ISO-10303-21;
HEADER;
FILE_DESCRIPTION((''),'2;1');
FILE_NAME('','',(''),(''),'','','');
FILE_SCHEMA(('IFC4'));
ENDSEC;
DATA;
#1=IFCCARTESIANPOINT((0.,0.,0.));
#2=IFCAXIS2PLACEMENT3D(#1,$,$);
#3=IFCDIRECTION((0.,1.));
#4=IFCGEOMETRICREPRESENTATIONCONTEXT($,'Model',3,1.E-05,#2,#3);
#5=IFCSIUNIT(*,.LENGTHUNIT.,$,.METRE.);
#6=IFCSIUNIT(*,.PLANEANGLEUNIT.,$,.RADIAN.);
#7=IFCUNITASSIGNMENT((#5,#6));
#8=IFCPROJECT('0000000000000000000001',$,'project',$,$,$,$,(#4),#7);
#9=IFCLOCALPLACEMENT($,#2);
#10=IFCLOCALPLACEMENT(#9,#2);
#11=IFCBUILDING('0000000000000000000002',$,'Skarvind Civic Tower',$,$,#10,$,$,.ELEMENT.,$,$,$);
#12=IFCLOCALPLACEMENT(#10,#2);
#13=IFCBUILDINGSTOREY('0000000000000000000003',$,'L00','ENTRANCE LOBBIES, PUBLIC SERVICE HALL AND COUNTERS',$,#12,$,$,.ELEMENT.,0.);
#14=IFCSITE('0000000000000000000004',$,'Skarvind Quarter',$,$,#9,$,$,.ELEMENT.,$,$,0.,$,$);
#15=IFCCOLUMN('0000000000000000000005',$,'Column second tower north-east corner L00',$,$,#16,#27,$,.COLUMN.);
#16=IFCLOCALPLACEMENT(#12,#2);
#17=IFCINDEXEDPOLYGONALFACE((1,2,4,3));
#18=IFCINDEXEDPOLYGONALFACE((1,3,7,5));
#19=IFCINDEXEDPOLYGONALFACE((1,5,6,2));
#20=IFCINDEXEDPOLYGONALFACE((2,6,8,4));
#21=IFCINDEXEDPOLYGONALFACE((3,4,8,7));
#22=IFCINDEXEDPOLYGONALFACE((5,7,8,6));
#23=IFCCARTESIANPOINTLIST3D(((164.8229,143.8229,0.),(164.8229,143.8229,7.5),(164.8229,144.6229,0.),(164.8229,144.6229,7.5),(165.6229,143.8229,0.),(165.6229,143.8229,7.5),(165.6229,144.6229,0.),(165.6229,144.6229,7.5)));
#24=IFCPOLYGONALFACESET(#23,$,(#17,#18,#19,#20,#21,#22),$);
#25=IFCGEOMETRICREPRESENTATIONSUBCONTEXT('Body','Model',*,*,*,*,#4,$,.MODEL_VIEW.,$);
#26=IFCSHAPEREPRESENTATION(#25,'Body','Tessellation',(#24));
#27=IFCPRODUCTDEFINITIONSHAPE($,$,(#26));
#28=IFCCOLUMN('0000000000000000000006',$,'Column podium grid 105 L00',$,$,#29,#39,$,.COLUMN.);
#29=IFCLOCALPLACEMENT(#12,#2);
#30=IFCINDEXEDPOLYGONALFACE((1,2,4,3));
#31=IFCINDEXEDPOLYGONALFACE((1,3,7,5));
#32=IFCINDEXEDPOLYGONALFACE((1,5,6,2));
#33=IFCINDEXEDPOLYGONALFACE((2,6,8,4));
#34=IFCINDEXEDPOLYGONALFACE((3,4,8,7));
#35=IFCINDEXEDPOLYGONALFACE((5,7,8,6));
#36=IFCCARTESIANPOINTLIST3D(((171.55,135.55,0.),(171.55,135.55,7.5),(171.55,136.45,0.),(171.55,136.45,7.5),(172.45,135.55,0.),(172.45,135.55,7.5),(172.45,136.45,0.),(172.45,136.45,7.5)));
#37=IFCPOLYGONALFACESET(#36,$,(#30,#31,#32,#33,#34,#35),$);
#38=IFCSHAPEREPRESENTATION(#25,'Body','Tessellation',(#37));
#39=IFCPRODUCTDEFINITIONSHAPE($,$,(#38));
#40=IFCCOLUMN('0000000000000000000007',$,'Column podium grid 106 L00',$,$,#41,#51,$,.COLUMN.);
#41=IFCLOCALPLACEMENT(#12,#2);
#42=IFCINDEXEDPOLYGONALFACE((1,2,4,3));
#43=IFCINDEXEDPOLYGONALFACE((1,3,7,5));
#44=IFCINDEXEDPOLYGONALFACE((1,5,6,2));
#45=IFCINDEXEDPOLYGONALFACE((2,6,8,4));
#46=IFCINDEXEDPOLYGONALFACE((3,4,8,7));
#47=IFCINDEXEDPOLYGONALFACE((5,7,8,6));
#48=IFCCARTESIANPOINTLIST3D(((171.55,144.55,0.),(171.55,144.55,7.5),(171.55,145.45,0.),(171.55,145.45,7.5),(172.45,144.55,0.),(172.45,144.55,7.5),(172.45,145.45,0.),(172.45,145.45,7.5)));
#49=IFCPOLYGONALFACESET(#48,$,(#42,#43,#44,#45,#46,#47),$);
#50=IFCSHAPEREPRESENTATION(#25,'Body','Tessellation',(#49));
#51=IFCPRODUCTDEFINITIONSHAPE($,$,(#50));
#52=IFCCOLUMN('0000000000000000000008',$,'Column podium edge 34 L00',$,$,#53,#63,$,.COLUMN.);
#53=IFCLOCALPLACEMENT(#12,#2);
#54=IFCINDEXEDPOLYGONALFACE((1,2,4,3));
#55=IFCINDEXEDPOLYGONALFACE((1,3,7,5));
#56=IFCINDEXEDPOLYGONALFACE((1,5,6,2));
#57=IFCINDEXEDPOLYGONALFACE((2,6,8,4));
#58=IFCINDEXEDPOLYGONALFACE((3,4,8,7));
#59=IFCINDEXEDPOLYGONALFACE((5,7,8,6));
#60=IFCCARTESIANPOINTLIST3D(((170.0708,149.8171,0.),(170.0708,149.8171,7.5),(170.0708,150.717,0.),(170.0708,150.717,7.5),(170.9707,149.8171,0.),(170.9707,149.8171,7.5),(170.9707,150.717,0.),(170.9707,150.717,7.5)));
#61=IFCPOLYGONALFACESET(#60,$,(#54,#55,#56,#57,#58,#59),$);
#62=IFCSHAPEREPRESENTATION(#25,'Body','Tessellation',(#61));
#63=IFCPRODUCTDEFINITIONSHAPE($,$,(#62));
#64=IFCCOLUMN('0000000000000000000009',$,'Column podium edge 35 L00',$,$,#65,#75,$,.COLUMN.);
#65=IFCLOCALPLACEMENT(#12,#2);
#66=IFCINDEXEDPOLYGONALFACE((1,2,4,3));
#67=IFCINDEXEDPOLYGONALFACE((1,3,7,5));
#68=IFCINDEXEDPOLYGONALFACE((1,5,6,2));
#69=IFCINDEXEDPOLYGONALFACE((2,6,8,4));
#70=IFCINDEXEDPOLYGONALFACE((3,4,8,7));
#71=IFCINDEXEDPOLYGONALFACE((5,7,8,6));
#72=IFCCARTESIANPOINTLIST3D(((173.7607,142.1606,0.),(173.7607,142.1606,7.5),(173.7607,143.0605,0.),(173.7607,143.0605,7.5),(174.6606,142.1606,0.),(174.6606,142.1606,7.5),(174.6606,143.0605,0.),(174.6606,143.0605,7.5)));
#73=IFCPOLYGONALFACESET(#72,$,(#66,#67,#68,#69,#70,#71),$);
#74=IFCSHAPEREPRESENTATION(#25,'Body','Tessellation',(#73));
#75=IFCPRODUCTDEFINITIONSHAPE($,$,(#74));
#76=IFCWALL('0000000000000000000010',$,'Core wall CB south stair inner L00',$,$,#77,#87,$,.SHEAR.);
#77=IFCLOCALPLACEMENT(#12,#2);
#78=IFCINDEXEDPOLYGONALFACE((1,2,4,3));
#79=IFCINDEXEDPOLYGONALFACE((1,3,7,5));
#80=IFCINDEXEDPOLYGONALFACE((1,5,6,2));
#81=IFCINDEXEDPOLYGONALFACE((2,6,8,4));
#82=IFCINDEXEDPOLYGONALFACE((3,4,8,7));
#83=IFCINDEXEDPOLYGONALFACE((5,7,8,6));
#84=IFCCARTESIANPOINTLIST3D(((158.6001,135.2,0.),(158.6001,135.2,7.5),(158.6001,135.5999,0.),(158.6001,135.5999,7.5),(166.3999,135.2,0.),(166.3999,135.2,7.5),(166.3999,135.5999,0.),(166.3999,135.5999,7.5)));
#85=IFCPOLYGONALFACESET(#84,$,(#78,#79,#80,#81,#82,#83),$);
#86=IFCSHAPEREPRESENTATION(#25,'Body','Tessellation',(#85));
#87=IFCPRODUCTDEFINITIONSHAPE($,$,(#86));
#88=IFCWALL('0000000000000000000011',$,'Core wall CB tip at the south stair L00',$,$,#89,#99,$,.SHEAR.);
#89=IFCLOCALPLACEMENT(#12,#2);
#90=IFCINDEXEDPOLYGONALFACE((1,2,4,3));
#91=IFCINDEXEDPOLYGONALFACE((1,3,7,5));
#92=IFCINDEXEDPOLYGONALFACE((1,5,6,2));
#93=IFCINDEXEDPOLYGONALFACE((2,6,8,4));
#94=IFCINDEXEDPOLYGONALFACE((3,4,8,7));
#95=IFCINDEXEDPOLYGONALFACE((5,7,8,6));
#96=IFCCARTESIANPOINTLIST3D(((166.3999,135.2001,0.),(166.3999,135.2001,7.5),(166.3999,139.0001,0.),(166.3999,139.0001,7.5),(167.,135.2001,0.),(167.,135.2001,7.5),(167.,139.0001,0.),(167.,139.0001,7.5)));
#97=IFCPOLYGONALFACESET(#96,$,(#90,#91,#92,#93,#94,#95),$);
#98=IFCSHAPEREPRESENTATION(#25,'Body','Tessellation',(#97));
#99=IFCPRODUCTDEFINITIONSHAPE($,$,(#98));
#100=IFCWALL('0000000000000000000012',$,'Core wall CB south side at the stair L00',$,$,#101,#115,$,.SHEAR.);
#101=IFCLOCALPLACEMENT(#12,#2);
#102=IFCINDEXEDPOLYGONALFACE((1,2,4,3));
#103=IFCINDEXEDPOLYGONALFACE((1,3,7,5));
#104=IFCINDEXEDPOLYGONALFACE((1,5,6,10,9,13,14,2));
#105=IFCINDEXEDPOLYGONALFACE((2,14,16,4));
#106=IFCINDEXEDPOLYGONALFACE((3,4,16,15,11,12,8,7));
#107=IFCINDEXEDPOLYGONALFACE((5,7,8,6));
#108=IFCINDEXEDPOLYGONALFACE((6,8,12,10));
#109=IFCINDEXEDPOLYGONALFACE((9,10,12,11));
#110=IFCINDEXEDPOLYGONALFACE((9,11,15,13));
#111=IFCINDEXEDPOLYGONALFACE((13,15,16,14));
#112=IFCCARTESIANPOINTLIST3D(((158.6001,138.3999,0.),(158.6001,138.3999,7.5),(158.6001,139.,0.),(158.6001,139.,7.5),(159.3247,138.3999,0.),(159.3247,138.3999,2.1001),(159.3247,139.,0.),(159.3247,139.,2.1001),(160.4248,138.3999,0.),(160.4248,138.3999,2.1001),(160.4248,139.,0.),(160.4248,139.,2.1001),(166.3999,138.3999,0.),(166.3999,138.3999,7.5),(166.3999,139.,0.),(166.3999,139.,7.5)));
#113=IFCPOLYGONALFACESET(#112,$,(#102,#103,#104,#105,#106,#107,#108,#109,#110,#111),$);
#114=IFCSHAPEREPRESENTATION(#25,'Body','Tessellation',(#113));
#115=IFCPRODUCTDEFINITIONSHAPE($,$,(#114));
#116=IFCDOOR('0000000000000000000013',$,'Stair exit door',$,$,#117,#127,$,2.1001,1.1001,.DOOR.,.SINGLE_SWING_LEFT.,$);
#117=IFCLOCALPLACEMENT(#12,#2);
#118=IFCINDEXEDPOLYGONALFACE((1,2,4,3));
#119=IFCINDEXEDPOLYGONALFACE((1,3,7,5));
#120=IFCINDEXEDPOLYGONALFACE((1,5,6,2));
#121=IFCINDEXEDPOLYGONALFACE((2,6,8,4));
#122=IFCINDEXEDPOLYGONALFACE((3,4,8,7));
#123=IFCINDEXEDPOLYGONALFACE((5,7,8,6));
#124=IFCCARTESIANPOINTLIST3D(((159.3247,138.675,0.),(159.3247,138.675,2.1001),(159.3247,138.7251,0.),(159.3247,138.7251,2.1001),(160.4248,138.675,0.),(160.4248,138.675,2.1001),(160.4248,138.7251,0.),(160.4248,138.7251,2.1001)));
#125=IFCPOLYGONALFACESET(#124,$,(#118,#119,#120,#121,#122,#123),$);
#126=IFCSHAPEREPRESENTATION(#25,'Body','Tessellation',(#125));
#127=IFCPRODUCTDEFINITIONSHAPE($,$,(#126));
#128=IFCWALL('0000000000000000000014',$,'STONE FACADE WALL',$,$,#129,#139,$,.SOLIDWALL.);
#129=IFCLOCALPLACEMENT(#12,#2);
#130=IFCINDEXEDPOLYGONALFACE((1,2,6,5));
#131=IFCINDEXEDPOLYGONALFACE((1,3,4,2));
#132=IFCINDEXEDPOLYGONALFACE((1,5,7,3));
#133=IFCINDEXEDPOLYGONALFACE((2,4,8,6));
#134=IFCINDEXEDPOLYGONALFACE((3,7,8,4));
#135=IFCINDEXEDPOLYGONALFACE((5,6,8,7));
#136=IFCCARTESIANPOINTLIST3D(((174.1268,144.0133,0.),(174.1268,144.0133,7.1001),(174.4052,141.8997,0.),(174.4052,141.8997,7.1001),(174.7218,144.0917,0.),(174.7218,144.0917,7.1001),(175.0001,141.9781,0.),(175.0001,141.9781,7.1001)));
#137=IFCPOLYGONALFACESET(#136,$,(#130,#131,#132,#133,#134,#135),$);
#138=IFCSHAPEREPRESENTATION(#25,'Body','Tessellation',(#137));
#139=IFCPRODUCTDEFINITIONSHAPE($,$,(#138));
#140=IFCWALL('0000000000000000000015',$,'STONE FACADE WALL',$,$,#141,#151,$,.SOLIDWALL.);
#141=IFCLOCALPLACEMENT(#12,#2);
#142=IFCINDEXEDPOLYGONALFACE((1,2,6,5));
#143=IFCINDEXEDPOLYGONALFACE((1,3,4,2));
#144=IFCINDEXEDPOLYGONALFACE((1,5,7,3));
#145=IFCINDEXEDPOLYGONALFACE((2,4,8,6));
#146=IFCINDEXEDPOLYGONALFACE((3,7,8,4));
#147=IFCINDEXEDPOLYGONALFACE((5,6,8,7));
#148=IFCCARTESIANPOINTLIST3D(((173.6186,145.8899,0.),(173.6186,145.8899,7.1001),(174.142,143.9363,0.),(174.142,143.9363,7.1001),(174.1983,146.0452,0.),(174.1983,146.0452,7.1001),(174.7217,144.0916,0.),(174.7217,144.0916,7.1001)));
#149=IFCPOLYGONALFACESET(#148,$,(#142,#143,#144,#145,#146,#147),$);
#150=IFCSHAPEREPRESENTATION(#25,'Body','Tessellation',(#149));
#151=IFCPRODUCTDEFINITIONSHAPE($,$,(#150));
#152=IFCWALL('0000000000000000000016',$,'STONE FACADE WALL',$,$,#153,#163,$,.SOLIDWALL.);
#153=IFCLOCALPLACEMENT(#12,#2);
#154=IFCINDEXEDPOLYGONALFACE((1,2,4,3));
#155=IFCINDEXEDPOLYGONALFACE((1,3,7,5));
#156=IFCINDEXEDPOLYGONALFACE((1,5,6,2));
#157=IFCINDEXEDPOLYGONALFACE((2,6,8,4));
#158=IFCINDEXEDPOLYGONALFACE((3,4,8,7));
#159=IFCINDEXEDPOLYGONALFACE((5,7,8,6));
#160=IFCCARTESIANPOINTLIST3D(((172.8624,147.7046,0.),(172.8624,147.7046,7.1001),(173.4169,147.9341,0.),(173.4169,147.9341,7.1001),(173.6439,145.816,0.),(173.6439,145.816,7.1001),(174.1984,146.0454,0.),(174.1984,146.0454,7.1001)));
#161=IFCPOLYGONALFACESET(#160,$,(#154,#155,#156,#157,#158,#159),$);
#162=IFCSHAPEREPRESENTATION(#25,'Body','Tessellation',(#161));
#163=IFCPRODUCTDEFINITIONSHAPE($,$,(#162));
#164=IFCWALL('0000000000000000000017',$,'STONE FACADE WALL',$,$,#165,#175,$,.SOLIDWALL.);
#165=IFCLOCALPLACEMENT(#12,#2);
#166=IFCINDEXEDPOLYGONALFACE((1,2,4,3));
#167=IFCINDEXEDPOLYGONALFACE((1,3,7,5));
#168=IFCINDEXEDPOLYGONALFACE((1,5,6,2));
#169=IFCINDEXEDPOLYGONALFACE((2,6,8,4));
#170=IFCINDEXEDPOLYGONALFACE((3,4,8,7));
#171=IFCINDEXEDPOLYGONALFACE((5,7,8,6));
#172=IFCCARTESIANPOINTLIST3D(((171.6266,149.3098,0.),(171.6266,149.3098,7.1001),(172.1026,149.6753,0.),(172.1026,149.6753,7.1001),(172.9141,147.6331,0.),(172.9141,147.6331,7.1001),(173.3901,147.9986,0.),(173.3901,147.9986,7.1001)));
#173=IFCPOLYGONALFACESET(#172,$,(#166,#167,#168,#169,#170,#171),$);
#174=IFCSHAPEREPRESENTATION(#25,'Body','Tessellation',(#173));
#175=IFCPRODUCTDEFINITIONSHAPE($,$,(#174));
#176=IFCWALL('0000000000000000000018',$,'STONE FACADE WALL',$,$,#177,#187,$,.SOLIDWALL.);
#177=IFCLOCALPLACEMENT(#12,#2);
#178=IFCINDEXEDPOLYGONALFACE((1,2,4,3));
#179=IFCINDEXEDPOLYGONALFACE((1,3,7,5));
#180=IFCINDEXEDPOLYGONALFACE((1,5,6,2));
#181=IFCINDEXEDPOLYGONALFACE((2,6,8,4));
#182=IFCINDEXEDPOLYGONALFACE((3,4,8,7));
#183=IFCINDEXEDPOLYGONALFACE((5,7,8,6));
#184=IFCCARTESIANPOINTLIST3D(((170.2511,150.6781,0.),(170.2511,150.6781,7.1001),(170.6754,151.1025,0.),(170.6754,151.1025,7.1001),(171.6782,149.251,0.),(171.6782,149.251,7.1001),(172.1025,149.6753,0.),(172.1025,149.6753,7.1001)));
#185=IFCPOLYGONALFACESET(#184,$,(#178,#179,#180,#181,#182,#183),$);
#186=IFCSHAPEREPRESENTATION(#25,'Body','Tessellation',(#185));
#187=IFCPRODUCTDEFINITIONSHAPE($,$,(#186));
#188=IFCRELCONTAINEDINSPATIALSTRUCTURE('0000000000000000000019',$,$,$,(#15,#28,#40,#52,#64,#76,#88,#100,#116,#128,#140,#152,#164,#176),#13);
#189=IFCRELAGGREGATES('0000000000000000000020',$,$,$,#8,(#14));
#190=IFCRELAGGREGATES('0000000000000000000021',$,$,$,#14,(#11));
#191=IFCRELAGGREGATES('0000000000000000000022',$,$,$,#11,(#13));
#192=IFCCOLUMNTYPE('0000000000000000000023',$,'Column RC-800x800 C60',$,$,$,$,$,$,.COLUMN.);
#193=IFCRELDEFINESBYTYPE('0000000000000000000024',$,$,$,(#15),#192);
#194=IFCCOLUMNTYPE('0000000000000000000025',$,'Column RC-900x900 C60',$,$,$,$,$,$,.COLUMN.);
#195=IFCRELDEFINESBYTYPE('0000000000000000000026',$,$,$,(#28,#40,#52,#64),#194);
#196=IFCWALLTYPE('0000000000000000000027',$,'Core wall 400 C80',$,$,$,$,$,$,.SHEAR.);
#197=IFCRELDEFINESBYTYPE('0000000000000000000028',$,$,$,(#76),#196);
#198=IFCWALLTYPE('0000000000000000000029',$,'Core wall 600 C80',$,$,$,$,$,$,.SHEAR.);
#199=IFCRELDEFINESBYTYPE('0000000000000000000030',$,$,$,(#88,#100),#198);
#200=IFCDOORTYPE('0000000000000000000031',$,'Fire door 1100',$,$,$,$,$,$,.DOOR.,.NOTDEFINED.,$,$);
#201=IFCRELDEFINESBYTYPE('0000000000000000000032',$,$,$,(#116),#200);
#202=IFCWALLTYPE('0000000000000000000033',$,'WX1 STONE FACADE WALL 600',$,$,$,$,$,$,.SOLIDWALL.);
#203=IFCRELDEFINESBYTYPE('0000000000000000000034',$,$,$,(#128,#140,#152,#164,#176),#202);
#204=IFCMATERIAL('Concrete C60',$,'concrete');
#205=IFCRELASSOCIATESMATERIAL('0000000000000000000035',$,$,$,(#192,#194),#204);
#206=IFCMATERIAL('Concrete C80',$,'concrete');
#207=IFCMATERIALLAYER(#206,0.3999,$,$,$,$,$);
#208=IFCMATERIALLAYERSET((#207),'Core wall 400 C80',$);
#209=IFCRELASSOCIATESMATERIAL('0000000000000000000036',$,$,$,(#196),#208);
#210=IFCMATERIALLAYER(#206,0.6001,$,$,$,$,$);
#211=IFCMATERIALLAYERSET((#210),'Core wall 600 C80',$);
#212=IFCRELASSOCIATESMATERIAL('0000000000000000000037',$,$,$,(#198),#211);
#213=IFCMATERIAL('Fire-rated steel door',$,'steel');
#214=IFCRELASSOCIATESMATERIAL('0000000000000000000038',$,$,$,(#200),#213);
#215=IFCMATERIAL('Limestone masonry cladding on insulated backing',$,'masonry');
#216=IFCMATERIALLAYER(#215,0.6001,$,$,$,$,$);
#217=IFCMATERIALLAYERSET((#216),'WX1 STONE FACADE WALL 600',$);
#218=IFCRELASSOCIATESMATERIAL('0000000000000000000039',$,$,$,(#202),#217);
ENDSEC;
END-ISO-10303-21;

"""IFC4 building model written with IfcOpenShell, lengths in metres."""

from ifc_helpers import new_model, si_unit, direction, frame, frame_2d, origin, origin_2d, place, context, subcontext, project, spatial, rectangle, extrude, material, layer, layer_set, material_profile, profile_set, type_object, element, fill, save


model = new_model("IFC4")

# Units and contexts
model_context = context("Model", 3, precision=1e-05, world=origin(), true_north=direction((0.0, 1.0)))
body_context = subcontext(model_context, "Body", "Model", "MODEL_VIEW")
ifc_project = project(units=[si_unit("LENGTHUNIT", "METRE"), si_unit("PLANEANGLEUNIT", "RADIAN")], contexts=[model_context])

# Site, building, storey
site_placement = place(None, origin())
site = spatial("IfcSite", under=ifc_project, at=site_placement, Name="Skarvind Quarter", CompositionType="ELEMENT", RefElevation=0.0)
building_placement = place(site_placement, origin())
building = spatial("IfcBuilding", under=site, at=building_placement, Name="Skarvind Civic Tower", CompositionType="ELEMENT")
storey_placement = place(building_placement, origin())
storey = spatial("IfcBuildingStorey", under=building, at=storey_placement, Name="L00", Description="ENTRANCE LOBBIES, PUBLIC SERVICE HALL AND COUNTERS", CompositionType="ELEMENT", Elevation=0.0)

# Columns
ifc_material_1 = material(Name="Concrete C60", Category="concrete")
ifc_material_profile_1 = material_profile(ifc_material_1, rectangle(XDim=0.8, YDim=0.8, at=origin_2d()), Name="RC-800x800")
ifc_profile_set_1 = profile_set([ifc_material_profile_1], Name="Concrete C60")
column_type_1 = type_object("IfcColumnType", Name="Column RC-800x800 C60", PredefinedType="COLUMN", material=ifc_profile_set_1)
column_placement = place(storey_placement, frame((165.2229, 144.2229, 0.0), z_axis=(0.0, 0.0, 1.0), x_axis=(1.0, 0.0, 0.0)))
element("IfcColumn", 1, at=column_placement, inside=storey, type_object=column_type_1, Name="Column second tower north-east corner L00", PredefinedType="COLUMN", context=body_context, shape_type="SweptSolid", body=[
    extrude(rectangle(XDim=0.8, YDim=0.8, at=origin_2d()), origin(), (0.0, 0.0, 1.0), 7.5),
])
ifc_material_profile_2 = material_profile(ifc_material_1, rectangle(XDim=0.8999, YDim=0.8999, at=origin_2d()), Name="RC-900x900")
ifc_profile_set_2 = profile_set([ifc_material_profile_2], Name="Concrete C60")
column_type_2 = type_object("IfcColumnType", Name="Column RC-900x900 C60", PredefinedType="COLUMN", material=ifc_profile_set_2)
for number, where, z_axis, x_axis, name in (
    (2, (172.0, 136.0, 0.0), (0.0, 0.0, 1.0), (1.0, 0.0, 0.0), "Column podium grid 105 L00"),
    (3, (172.0, 145.0, 0.0), (0.0, 0.0, 1.0), (1.0, 0.0, 0.0), "Column podium grid 106 L00"),
    (4, (170.5208, 150.2671, 0.0), (0.0, 0.0, 1.0), (1.0, 0.0, 0.0), "Column podium edge 34 L00"),
    (5, (174.2107, 142.6106, 0.0), (0.0, 0.0, 1.0), (1.0, 0.0, 0.0), "Column podium edge 35 L00"),
):
    element("IfcColumn", number, at=place(storey_placement, frame(where, z_axis=z_axis, x_axis=x_axis)), inside=storey, type_object=column_type_2, Name=name, PredefinedType="COLUMN", context=body_context, shape_type="SweptSolid", body=[
        extrude(rectangle(XDim=0.8999, YDim=0.8999, at=origin_2d()), origin(), (0.0, 0.0, 1.0), 7.5),
    ])

# Walls
ifc_material_2 = material(Name="Concrete C80", Category="concrete")
ifc_layer_1 = layer(ifc_material_2, 0.3999)
ifc_layer_set_1 = layer_set([ifc_layer_1], Name="Core wall 400 C80")
wall_type_1 = type_object("IfcWallType", Name="Core wall 400 C80", PredefinedType="SHEAR", material=ifc_layer_set_1)
wall_1_placement = place(storey_placement, frame((166.3999, 135.3999, 0.0), z_axis=(0.0, 0.0, 1.0), x_axis=(-1.0, 0.0, 0.0)))
element("IfcWall", 6, at=wall_1_placement, inside=storey, type_object=wall_type_1, Name="Core wall CB south stair inner L00", PredefinedType="SHEAR", context=body_context, shape_type="SweptSolid", body=[
    extrude(rectangle(XDim=7.7998, YDim=0.3999, at=frame_2d((3.8999, 0.0))), origin(), (0.0, 0.0, 1.0), 7.5),
])
ifc_layer_2 = layer(ifc_material_2, 0.6001)
ifc_layer_set_2 = layer_set([ifc_layer_2], Name="Core wall 600 C80")
wall_type_2 = type_object("IfcWallType", Name="Core wall 600 C80", PredefinedType="SHEAR", material=ifc_layer_set_2)
wall_2_placement = place(storey_placement, frame((166.7, 139.0, 0.0), z_axis=(0.0, 0.0, 1.0), x_axis=(0.0, -1.0, 0.0)))
element("IfcWall", 7, at=wall_2_placement, inside=storey, type_object=wall_type_2, Name="Core wall CB tip at the south stair L00", PredefinedType="SHEAR", context=body_context, shape_type="SweptSolid", body=[
    extrude(rectangle(XDim=3.8, YDim=0.6001, at=frame_2d((1.8999, 0.0))), origin(), (0.0, 0.0, 1.0), 7.5),
])

# Wall, opening, door
wall_3_placement = place(storey_placement, frame((166.3999, 138.7, 0.0), z_axis=(0.0, 0.0, 1.0), x_axis=(-1.0, 0.0, 0.0)))
wall_3 = element("IfcWall", 8, at=wall_3_placement, inside=storey, type_object=wall_type_2, Name="Core wall CB south side at the stair L00", PredefinedType="SHEAR", context=body_context, shape_type="SweptSolid", body=[
    extrude(rectangle(XDim=7.7998, YDim=0.6001, at=frame_2d((3.8999, 0.0))), origin(), (0.0, 0.0, 1.0), 7.5),
])
opening_1_placement = place(wall_3_placement, frame((5.9751, 0.0, 0.0)))
opening_1 = element("IfcOpeningElement", 9, at=opening_1_placement, cuts=wall_3, PredefinedType="OPENING", context=body_context, shape_type="SweptSolid", body=[
    extrude(rectangle(XDim=1.1001, YDim=2.1001, at=frame_2d((0.55, 1.05))), frame((0.0, 0.3101, 0.0), z_axis=(0.0, -1.0, 0.0), x_axis=(1.0, 0.0, 0.0)), (0.0, 0.0, 1.0), 0.6201),
])
ifc_material_3 = material(Name="Fire-rated steel door", Category="steel")
door_type_1 = type_object("IfcDoorType", Name="Fire door 1100", OperationType="NOTDEFINED", PredefinedType="DOOR", material=ifc_material_3)
door_1_placement = place(opening_1_placement, origin())
door_1 = element("IfcDoor", 10, at=door_1_placement, inside=storey, type_object=door_type_1, Name="Stair exit door", OperationType="SINGLE_SWING_LEFT", OverallHeight=2.1001, OverallWidth=1.1001, PredefinedType="DOOR", context=body_context, shape_type="SweptSolid", body=[
    extrude(rectangle(XDim=1.1001, YDim=2.1001, at=frame_2d((0.55, 1.05))), frame((0.0, 0.0249, 0.0), z_axis=(0.0, -1.0, 0.0), x_axis=(1.0, 0.0, 0.0)), (0.0, 0.0, 1.0), 0.05),
])
fill(opening_1, door_1)

# Walls
ifc_material_4 = material(Name="Limestone masonry cladding on insulated backing", Category="masonry")
ifc_layer_3 = layer(ifc_material_4, 0.6001)
ifc_layer_set_3 = layer_set([ifc_layer_3], Name="WX1 STONE FACADE WALL 600")
wall_type_3 = type_object("IfcWallType", Name="WX1 STONE FACADE WALL 600", PredefinedType="SOLIDWALL", material=ifc_layer_set_3)
wall_4_placement = place(storey_placement, frame((174.4243, 144.0525, 0.0), z_axis=(0.0, 0.0, 1.0), x_axis=(0.130558, -0.991441, 0.0)))
element("IfcWall", 11, at=wall_4_placement, inside=storey, type_object=wall_type_3, Name="STONE FACADE WALL", PredefinedType="SOLIDWALL", context=body_context, shape_type="SweptSolid", body=[
    extrude(rectangle(XDim=2.1318, YDim=0.6001, at=frame_2d((1.0659, 0.0))), origin(), (0.0, 0.0, 1.0), 7.1001),
])
wall_5_placement = place(storey_placement, frame((173.9084, 145.9675, 0.0), z_axis=(0.0, 0.0, 1.0), x_axis=(0.258804, -0.96593, 0.0)))
element("IfcWall", 12, at=wall_5_placement, inside=storey, type_object=wall_type_3, Name="STONE FACADE WALL", PredefinedType="SOLIDWALL", context=body_context, shape_type="SweptSolid", body=[
    extrude(rectangle(XDim=2.0225, YDim=0.6001, at=frame_2d((1.0112, 0.0))), origin(), (0.0, 0.0, 1.0), 7.1001),
])
wall_6_placement = place(storey_placement, frame((173.1396, 147.8193, 0.0), z_axis=(0.0, 0.0, 1.0), x_axis=(0.382341, -0.924021, 0.0)))
element("IfcWall", 13, at=wall_6_placement, inside=storey, type_object=wall_type_3, Name="STONE FACADE WALL", PredefinedType="SOLIDWALL", context=body_context, shape_type="SweptSolid", body=[
    extrude(rectangle(XDim=2.0439, YDim=0.6001, at=frame_2d((1.022, 0.0))), origin(), (0.0, 0.0, 1.0), 7.1001),
])
wall_7_placement = place(storey_placement, frame((171.8645, 149.4927, 0.0), z_axis=(0.0, 0.0, 1.0), x_axis=(0.609052, -0.79313, 0.0)))
element("IfcWall", 14, at=wall_7_placement, inside=storey, type_object=wall_type_3, Name="STONE FACADE WALL", PredefinedType="SOLIDWALL", context=body_context, shape_type="SweptSolid", body=[
    extrude(rectangle(XDim=2.114, YDim=0.6001, at=frame_2d((1.0571, 0.0))), origin(), (0.0, 0.0, 1.0), 7.1001),
])
wall_8_placement = place(storey_placement, frame((170.4631, 150.8904, 0.0), z_axis=(0.0, 0.0, 1.0), x_axis=(0.707107, -0.707107, 0.0)))
element("IfcWall", 15, at=wall_8_placement, inside=storey, type_object=wall_type_3, Name="STONE FACADE WALL", PredefinedType="SOLIDWALL", context=body_context, shape_type="SweptSolid", body=[
    extrude(rectangle(XDim=2.0183, YDim=0.6001, at=frame_2d((1.0093, 0.0))), origin(), (0.0, 0.0, 1.0), 7.1001),
])

save(model, "model.ifc")
